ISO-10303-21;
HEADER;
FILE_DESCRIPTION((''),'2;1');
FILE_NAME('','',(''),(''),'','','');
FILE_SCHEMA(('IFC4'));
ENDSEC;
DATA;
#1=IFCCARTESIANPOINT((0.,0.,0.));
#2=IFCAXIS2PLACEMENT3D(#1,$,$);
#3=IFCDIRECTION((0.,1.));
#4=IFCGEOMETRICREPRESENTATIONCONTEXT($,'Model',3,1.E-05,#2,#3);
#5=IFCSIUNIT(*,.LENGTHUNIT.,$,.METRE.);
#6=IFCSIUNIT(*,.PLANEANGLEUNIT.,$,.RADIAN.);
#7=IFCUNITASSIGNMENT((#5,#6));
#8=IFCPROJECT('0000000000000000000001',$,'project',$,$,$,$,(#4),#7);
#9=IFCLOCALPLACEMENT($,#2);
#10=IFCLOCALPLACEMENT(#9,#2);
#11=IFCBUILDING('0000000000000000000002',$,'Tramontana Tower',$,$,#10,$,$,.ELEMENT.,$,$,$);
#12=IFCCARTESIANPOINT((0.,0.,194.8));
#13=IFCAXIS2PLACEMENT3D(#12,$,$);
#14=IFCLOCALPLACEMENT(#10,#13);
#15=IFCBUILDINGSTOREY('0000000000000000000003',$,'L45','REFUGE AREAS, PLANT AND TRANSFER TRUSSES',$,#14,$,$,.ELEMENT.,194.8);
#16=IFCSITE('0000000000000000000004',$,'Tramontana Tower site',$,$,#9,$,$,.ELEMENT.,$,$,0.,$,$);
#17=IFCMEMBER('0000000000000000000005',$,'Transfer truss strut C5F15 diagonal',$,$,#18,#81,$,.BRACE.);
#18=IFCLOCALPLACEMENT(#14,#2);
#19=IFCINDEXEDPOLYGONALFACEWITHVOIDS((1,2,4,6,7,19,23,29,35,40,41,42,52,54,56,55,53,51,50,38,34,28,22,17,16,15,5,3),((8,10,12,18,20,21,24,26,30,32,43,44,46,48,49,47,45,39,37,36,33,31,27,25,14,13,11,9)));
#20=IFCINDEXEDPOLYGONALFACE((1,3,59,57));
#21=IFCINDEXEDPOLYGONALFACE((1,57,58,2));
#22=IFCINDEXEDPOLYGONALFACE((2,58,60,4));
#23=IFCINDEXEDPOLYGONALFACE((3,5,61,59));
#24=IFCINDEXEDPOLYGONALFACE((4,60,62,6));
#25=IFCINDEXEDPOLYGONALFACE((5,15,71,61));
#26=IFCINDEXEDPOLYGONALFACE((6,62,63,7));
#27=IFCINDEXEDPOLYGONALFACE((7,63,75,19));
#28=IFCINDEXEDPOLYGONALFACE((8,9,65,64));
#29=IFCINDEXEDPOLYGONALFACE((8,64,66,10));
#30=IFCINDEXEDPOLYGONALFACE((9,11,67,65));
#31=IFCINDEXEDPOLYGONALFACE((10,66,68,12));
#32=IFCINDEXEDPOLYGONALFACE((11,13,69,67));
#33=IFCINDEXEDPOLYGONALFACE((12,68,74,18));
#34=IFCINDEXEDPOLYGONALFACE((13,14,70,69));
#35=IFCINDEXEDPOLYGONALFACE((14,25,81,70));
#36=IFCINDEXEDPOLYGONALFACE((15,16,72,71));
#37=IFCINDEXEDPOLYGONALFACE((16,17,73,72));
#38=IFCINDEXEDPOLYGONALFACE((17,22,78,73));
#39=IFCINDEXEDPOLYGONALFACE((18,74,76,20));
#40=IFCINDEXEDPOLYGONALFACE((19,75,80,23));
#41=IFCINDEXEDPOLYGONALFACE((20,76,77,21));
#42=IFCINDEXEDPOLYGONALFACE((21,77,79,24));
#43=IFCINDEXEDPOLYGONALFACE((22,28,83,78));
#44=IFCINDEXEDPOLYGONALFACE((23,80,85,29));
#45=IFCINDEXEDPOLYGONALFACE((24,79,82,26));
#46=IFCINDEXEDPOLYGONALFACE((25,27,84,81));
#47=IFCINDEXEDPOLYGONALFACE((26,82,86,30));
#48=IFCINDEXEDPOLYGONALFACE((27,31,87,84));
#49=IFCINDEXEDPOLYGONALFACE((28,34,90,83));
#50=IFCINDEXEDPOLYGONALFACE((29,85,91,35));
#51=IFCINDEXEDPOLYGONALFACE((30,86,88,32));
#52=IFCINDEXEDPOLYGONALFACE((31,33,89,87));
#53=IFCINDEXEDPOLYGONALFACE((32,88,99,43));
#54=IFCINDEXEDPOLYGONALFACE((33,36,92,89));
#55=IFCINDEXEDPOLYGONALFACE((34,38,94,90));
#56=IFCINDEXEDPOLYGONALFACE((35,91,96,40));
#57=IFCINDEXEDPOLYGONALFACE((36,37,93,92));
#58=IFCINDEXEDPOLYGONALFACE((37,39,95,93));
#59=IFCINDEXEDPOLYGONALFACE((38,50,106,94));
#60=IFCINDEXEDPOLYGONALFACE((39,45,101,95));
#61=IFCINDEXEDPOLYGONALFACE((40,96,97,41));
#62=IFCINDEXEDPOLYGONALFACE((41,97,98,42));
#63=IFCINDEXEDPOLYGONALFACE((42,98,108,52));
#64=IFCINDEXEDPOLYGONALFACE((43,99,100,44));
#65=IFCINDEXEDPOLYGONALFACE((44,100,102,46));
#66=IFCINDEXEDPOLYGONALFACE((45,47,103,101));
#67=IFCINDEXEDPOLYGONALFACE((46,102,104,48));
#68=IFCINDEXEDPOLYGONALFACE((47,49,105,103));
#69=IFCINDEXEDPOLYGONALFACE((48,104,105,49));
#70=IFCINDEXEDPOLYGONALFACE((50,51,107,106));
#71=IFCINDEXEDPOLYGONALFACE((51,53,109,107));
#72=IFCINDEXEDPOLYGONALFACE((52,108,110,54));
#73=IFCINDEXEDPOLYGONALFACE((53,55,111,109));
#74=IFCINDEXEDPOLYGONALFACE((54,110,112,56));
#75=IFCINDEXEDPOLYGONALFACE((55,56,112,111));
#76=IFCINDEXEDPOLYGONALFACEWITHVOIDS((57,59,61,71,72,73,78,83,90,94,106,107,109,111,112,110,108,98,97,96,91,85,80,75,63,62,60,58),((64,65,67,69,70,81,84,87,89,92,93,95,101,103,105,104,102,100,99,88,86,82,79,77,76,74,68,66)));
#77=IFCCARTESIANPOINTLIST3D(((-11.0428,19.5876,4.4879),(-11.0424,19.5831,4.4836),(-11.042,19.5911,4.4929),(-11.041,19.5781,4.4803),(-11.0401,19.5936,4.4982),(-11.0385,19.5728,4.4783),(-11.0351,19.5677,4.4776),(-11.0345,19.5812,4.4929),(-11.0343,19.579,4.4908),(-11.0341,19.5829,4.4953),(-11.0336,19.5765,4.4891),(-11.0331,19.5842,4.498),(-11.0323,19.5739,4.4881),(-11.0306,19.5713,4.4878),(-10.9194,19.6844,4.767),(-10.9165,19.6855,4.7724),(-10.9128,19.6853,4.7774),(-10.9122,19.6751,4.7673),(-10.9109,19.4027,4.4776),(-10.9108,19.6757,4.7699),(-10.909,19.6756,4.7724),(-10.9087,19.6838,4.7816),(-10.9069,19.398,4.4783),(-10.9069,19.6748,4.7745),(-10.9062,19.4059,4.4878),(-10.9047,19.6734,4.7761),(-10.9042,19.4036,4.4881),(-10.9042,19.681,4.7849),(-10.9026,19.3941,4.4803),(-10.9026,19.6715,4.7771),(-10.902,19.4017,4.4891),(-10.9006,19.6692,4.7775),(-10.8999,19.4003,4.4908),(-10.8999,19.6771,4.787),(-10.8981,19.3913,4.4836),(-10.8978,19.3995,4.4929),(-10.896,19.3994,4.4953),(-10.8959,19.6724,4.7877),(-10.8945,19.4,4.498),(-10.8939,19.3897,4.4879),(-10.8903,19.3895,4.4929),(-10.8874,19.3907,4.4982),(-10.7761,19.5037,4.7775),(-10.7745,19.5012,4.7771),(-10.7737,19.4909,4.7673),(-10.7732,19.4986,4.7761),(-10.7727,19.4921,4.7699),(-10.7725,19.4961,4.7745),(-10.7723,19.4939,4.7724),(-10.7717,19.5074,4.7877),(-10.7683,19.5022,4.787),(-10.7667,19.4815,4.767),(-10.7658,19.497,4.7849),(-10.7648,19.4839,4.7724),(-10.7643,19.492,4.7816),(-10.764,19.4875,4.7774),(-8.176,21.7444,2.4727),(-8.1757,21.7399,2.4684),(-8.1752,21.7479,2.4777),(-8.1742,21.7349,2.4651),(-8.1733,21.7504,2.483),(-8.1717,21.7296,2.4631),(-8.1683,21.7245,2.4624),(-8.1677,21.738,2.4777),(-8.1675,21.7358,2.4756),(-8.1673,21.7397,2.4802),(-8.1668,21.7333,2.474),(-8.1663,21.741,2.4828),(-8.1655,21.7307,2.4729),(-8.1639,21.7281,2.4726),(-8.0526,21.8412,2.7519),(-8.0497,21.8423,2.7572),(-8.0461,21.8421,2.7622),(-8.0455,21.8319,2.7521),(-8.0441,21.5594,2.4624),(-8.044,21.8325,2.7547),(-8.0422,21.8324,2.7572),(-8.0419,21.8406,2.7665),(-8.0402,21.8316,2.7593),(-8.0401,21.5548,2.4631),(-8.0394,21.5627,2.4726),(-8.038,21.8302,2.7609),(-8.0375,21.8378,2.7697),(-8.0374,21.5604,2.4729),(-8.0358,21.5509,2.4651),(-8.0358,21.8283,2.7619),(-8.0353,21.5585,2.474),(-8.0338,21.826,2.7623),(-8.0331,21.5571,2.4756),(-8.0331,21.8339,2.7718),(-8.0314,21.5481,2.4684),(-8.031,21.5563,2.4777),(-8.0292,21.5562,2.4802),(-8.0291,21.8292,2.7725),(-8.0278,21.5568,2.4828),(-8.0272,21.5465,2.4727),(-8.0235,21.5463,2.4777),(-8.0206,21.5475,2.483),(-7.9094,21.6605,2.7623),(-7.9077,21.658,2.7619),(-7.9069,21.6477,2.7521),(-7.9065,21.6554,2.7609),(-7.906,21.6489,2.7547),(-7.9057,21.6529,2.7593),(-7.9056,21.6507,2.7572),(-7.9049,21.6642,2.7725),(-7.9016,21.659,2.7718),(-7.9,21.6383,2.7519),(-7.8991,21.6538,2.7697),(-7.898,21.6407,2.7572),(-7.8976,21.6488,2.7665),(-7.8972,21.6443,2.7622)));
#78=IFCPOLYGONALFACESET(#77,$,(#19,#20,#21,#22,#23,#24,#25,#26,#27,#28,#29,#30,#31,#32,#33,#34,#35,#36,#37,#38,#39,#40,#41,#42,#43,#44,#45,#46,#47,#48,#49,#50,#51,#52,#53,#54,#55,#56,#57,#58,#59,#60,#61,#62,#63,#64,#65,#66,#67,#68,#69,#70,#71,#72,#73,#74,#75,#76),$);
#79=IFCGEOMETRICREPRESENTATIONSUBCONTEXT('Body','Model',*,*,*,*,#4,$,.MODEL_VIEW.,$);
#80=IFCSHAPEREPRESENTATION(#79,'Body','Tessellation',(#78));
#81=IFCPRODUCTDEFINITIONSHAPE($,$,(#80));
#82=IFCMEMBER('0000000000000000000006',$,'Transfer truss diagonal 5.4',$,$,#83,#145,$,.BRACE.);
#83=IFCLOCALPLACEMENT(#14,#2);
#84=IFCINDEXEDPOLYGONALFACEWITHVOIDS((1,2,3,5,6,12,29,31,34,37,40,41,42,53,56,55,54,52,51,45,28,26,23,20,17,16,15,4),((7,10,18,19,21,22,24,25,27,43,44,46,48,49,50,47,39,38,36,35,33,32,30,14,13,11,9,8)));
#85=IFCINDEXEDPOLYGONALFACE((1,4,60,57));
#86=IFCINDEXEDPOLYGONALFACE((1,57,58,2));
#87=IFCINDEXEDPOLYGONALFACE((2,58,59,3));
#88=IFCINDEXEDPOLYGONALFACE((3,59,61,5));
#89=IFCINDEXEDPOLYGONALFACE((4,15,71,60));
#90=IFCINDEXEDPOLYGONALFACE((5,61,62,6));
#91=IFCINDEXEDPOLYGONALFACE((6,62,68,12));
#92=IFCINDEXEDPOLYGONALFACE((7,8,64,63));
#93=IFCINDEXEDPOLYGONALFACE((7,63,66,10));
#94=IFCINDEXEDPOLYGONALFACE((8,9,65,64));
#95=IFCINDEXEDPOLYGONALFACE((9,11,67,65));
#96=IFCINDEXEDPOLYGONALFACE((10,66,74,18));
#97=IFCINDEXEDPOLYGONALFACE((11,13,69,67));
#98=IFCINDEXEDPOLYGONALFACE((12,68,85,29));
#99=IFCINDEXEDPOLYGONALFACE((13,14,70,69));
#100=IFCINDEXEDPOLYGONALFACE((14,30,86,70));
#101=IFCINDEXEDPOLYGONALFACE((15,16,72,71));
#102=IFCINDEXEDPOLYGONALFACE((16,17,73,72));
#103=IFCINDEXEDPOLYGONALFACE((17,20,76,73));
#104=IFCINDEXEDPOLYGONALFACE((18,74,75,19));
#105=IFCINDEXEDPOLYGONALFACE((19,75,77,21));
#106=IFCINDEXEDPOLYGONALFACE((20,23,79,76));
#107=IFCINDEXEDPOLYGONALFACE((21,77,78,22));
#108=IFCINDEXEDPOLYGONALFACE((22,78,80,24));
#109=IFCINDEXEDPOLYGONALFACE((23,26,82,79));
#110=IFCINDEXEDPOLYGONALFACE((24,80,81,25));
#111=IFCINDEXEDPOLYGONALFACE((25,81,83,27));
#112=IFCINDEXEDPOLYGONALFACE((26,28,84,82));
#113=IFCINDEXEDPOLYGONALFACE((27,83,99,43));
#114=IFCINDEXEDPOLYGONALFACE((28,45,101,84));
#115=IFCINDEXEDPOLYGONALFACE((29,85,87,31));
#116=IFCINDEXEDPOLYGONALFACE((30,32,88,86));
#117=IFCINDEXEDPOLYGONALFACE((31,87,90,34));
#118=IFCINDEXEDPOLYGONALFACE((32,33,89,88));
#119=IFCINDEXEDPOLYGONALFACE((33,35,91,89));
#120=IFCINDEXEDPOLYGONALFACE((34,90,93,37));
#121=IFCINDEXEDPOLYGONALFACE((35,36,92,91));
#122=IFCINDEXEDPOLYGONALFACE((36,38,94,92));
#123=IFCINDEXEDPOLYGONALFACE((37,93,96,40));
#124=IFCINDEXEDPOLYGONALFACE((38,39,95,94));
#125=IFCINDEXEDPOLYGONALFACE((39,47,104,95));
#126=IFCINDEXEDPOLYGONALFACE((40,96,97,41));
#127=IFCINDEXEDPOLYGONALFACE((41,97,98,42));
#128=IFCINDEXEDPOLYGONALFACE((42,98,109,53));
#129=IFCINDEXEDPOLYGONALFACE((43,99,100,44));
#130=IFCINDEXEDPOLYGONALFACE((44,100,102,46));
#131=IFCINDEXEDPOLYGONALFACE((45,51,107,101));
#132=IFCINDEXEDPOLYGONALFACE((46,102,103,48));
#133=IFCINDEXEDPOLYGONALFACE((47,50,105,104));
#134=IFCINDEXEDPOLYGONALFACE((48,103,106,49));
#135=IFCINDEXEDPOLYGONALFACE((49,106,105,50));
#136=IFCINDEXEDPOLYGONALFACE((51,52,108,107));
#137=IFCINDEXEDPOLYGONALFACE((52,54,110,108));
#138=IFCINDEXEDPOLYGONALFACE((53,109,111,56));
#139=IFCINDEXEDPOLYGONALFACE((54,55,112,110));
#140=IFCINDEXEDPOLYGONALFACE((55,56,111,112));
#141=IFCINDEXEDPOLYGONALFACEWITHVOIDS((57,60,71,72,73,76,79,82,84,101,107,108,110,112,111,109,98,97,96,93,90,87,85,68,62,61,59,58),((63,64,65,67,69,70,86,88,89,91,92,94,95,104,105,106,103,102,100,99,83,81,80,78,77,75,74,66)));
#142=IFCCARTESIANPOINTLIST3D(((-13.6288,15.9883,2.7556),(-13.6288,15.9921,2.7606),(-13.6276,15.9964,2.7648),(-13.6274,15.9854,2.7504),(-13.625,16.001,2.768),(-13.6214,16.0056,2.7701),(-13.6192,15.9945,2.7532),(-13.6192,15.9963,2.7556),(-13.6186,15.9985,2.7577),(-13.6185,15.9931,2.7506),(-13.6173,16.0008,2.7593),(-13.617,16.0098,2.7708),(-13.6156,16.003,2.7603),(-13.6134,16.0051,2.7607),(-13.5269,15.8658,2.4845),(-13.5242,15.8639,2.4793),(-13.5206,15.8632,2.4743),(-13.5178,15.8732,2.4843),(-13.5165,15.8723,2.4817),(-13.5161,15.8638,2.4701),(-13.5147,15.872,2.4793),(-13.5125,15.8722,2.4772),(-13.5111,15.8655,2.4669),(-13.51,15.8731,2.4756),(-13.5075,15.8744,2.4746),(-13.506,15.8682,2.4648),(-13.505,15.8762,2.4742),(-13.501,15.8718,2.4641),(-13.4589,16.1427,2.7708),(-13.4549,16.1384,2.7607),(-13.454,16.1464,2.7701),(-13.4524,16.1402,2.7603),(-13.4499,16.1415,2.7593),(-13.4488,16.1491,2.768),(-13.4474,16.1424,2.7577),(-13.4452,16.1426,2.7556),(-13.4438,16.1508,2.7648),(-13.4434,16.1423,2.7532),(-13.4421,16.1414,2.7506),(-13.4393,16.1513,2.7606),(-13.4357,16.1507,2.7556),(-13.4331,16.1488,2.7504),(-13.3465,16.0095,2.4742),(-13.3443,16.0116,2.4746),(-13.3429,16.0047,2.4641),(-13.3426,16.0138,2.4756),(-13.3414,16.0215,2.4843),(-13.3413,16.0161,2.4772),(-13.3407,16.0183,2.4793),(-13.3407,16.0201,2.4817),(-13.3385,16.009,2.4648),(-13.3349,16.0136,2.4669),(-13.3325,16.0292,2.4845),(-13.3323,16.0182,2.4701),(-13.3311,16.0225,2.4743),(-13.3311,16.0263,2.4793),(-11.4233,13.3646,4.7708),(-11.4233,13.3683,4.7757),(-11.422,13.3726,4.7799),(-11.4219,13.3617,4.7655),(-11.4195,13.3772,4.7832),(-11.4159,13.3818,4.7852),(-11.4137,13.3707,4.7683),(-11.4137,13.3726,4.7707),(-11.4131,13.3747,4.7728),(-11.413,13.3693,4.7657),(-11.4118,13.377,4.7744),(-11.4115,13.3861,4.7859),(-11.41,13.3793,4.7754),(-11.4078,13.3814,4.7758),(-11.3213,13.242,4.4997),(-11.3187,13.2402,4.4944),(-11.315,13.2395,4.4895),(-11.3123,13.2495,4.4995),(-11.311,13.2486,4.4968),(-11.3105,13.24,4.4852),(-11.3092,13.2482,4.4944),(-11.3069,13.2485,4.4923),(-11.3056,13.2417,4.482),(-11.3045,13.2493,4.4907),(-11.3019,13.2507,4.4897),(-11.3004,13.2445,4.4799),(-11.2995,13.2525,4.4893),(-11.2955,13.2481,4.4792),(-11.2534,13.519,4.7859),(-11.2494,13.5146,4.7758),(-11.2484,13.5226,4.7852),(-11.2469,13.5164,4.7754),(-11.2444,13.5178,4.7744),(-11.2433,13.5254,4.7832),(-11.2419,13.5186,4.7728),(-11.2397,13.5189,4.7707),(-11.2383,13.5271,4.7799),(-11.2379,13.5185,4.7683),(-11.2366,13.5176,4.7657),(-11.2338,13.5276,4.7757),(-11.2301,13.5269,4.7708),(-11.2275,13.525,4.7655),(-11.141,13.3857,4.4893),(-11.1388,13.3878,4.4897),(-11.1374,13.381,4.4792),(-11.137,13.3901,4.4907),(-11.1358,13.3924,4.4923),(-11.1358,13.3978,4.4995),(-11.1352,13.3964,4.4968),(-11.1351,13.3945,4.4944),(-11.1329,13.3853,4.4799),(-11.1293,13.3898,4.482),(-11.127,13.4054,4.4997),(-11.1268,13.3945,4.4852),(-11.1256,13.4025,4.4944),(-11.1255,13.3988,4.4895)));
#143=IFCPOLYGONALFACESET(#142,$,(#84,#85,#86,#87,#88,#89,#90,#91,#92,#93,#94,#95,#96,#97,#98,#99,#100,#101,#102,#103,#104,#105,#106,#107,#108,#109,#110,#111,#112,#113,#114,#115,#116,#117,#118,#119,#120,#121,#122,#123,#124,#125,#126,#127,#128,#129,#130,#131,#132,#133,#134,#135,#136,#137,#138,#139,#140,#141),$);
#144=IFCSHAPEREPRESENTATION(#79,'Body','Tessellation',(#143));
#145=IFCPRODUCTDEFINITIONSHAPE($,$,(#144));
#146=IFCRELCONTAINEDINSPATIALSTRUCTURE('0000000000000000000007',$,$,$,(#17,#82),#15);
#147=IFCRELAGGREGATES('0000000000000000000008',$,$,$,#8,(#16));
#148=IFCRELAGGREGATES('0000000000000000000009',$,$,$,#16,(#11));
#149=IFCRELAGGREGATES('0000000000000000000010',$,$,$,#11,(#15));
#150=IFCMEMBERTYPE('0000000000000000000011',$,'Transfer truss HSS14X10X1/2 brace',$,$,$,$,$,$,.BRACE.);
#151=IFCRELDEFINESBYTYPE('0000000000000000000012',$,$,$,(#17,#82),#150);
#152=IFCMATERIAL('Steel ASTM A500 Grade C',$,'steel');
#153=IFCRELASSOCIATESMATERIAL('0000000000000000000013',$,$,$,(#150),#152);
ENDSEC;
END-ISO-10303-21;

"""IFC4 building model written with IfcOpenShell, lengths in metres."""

from ifc_helpers import new_model, si_unit, direction, frame, origin, origin_2d, place, context, subcontext, project, spatial, hollow_rectangle, extrude, material, material_profile, profile_set, type_object, element, save


model = new_model("IFC4")

# Units and contexts
model_context = context("Model", 3, precision=1e-05, world=origin(), true_north=direction((0.0, 1.0)))
body_context = subcontext(model_context, "Body", "Model", "MODEL_VIEW")
ifc_project = project(units=[si_unit("LENGTHUNIT", "METRE"), si_unit("PLANEANGLEUNIT", "RADIAN")], contexts=[model_context])

# Site, building, storey
site_placement = place(None, origin())
site = spatial("IfcSite", under=ifc_project, at=site_placement, Name="Tramontana Tower site", CompositionType="ELEMENT", RefElevation=0.0)
building_placement = place(site_placement, origin())
building = spatial("IfcBuilding", under=site, at=building_placement, Name="Tramontana Tower", CompositionType="ELEMENT")
storey_placement = place(building_placement, frame((0.0, 0.0, 194.8)))
storey = spatial("IfcBuildingStorey", under=building, at=storey_placement, Name="L45", Description="REFUGE AREAS, PLANT AND TRANSFER TRUSSES", CompositionType="ELEMENT", Elevation=194.8)

# Members
ifc_material_1 = material(Name="Steel ASTM A500 Grade C", Category="steel")
ifc_material_profile_1 = material_profile(ifc_material_1, hollow_rectangle(XDim=0.2539, YDim=0.3557, WallThickness=0.0117, InnerFilletRadius=0.0117, OuterFilletRadius=0.0237, at=origin_2d()), Name="HSS14X10X1/2")
ifc_profile_set_1 = profile_set([ifc_material_profile_1], Name="Steel ASTM A500 Grade C")
member_type_1 = type_object("IfcMemberType", Name="Transfer truss HSS14X10X1/2 brace", PredefinedType="BRACE", material=ifc_profile_set_1)
member_1_placement = place(storey_placement, frame((-8.0366, 21.6943, 2.6174), z_axis=(-0.696707, -0.524162, 0.489748), x_axis=(0.601197, -0.799101, 0.0)))
element("IfcMember", 1, at=member_1_placement, inside=storey, type_object=member_type_1, Name="Transfer truss strut C5F15 diagonal", PredefinedType="BRACE", context=body_context, shape_type="SweptSolid", body=[
    extrude(hollow_rectangle(XDim=0.2539, YDim=0.3557, WallThickness=0.0117, InnerFilletRadius=0.0117, OuterFilletRadius=0.0237, at=origin_2d()), origin(), (0.0, 0.0, 1.0), 4.1147),
])
for number, where, z_axis, x_axis, name in (
    (2, (-11.2744, 13.3835, 4.6326), (-0.554703, 0.659885, -0.50681), (-0.765476, -0.643464, 0.0), "Transfer truss diagonal 5.4"),
):
    element("IfcMember", number, at=place(storey_placement, frame(where, z_axis=z_axis, x_axis=x_axis)), inside=storey, type_object=member_type_1, Name=name, PredefinedType="BRACE", context=body_context, shape_type="SweptSolid", body=[
        extrude(hollow_rectangle(XDim=0.2539, YDim=0.3557, WallThickness=0.0117, InnerFilletRadius=0.0117, OuterFilletRadius=0.0237, at=origin_2d()), origin(), (0.0, 0.0, 1.0), 3.9761),
    ])

save(model, "model.ifc")
